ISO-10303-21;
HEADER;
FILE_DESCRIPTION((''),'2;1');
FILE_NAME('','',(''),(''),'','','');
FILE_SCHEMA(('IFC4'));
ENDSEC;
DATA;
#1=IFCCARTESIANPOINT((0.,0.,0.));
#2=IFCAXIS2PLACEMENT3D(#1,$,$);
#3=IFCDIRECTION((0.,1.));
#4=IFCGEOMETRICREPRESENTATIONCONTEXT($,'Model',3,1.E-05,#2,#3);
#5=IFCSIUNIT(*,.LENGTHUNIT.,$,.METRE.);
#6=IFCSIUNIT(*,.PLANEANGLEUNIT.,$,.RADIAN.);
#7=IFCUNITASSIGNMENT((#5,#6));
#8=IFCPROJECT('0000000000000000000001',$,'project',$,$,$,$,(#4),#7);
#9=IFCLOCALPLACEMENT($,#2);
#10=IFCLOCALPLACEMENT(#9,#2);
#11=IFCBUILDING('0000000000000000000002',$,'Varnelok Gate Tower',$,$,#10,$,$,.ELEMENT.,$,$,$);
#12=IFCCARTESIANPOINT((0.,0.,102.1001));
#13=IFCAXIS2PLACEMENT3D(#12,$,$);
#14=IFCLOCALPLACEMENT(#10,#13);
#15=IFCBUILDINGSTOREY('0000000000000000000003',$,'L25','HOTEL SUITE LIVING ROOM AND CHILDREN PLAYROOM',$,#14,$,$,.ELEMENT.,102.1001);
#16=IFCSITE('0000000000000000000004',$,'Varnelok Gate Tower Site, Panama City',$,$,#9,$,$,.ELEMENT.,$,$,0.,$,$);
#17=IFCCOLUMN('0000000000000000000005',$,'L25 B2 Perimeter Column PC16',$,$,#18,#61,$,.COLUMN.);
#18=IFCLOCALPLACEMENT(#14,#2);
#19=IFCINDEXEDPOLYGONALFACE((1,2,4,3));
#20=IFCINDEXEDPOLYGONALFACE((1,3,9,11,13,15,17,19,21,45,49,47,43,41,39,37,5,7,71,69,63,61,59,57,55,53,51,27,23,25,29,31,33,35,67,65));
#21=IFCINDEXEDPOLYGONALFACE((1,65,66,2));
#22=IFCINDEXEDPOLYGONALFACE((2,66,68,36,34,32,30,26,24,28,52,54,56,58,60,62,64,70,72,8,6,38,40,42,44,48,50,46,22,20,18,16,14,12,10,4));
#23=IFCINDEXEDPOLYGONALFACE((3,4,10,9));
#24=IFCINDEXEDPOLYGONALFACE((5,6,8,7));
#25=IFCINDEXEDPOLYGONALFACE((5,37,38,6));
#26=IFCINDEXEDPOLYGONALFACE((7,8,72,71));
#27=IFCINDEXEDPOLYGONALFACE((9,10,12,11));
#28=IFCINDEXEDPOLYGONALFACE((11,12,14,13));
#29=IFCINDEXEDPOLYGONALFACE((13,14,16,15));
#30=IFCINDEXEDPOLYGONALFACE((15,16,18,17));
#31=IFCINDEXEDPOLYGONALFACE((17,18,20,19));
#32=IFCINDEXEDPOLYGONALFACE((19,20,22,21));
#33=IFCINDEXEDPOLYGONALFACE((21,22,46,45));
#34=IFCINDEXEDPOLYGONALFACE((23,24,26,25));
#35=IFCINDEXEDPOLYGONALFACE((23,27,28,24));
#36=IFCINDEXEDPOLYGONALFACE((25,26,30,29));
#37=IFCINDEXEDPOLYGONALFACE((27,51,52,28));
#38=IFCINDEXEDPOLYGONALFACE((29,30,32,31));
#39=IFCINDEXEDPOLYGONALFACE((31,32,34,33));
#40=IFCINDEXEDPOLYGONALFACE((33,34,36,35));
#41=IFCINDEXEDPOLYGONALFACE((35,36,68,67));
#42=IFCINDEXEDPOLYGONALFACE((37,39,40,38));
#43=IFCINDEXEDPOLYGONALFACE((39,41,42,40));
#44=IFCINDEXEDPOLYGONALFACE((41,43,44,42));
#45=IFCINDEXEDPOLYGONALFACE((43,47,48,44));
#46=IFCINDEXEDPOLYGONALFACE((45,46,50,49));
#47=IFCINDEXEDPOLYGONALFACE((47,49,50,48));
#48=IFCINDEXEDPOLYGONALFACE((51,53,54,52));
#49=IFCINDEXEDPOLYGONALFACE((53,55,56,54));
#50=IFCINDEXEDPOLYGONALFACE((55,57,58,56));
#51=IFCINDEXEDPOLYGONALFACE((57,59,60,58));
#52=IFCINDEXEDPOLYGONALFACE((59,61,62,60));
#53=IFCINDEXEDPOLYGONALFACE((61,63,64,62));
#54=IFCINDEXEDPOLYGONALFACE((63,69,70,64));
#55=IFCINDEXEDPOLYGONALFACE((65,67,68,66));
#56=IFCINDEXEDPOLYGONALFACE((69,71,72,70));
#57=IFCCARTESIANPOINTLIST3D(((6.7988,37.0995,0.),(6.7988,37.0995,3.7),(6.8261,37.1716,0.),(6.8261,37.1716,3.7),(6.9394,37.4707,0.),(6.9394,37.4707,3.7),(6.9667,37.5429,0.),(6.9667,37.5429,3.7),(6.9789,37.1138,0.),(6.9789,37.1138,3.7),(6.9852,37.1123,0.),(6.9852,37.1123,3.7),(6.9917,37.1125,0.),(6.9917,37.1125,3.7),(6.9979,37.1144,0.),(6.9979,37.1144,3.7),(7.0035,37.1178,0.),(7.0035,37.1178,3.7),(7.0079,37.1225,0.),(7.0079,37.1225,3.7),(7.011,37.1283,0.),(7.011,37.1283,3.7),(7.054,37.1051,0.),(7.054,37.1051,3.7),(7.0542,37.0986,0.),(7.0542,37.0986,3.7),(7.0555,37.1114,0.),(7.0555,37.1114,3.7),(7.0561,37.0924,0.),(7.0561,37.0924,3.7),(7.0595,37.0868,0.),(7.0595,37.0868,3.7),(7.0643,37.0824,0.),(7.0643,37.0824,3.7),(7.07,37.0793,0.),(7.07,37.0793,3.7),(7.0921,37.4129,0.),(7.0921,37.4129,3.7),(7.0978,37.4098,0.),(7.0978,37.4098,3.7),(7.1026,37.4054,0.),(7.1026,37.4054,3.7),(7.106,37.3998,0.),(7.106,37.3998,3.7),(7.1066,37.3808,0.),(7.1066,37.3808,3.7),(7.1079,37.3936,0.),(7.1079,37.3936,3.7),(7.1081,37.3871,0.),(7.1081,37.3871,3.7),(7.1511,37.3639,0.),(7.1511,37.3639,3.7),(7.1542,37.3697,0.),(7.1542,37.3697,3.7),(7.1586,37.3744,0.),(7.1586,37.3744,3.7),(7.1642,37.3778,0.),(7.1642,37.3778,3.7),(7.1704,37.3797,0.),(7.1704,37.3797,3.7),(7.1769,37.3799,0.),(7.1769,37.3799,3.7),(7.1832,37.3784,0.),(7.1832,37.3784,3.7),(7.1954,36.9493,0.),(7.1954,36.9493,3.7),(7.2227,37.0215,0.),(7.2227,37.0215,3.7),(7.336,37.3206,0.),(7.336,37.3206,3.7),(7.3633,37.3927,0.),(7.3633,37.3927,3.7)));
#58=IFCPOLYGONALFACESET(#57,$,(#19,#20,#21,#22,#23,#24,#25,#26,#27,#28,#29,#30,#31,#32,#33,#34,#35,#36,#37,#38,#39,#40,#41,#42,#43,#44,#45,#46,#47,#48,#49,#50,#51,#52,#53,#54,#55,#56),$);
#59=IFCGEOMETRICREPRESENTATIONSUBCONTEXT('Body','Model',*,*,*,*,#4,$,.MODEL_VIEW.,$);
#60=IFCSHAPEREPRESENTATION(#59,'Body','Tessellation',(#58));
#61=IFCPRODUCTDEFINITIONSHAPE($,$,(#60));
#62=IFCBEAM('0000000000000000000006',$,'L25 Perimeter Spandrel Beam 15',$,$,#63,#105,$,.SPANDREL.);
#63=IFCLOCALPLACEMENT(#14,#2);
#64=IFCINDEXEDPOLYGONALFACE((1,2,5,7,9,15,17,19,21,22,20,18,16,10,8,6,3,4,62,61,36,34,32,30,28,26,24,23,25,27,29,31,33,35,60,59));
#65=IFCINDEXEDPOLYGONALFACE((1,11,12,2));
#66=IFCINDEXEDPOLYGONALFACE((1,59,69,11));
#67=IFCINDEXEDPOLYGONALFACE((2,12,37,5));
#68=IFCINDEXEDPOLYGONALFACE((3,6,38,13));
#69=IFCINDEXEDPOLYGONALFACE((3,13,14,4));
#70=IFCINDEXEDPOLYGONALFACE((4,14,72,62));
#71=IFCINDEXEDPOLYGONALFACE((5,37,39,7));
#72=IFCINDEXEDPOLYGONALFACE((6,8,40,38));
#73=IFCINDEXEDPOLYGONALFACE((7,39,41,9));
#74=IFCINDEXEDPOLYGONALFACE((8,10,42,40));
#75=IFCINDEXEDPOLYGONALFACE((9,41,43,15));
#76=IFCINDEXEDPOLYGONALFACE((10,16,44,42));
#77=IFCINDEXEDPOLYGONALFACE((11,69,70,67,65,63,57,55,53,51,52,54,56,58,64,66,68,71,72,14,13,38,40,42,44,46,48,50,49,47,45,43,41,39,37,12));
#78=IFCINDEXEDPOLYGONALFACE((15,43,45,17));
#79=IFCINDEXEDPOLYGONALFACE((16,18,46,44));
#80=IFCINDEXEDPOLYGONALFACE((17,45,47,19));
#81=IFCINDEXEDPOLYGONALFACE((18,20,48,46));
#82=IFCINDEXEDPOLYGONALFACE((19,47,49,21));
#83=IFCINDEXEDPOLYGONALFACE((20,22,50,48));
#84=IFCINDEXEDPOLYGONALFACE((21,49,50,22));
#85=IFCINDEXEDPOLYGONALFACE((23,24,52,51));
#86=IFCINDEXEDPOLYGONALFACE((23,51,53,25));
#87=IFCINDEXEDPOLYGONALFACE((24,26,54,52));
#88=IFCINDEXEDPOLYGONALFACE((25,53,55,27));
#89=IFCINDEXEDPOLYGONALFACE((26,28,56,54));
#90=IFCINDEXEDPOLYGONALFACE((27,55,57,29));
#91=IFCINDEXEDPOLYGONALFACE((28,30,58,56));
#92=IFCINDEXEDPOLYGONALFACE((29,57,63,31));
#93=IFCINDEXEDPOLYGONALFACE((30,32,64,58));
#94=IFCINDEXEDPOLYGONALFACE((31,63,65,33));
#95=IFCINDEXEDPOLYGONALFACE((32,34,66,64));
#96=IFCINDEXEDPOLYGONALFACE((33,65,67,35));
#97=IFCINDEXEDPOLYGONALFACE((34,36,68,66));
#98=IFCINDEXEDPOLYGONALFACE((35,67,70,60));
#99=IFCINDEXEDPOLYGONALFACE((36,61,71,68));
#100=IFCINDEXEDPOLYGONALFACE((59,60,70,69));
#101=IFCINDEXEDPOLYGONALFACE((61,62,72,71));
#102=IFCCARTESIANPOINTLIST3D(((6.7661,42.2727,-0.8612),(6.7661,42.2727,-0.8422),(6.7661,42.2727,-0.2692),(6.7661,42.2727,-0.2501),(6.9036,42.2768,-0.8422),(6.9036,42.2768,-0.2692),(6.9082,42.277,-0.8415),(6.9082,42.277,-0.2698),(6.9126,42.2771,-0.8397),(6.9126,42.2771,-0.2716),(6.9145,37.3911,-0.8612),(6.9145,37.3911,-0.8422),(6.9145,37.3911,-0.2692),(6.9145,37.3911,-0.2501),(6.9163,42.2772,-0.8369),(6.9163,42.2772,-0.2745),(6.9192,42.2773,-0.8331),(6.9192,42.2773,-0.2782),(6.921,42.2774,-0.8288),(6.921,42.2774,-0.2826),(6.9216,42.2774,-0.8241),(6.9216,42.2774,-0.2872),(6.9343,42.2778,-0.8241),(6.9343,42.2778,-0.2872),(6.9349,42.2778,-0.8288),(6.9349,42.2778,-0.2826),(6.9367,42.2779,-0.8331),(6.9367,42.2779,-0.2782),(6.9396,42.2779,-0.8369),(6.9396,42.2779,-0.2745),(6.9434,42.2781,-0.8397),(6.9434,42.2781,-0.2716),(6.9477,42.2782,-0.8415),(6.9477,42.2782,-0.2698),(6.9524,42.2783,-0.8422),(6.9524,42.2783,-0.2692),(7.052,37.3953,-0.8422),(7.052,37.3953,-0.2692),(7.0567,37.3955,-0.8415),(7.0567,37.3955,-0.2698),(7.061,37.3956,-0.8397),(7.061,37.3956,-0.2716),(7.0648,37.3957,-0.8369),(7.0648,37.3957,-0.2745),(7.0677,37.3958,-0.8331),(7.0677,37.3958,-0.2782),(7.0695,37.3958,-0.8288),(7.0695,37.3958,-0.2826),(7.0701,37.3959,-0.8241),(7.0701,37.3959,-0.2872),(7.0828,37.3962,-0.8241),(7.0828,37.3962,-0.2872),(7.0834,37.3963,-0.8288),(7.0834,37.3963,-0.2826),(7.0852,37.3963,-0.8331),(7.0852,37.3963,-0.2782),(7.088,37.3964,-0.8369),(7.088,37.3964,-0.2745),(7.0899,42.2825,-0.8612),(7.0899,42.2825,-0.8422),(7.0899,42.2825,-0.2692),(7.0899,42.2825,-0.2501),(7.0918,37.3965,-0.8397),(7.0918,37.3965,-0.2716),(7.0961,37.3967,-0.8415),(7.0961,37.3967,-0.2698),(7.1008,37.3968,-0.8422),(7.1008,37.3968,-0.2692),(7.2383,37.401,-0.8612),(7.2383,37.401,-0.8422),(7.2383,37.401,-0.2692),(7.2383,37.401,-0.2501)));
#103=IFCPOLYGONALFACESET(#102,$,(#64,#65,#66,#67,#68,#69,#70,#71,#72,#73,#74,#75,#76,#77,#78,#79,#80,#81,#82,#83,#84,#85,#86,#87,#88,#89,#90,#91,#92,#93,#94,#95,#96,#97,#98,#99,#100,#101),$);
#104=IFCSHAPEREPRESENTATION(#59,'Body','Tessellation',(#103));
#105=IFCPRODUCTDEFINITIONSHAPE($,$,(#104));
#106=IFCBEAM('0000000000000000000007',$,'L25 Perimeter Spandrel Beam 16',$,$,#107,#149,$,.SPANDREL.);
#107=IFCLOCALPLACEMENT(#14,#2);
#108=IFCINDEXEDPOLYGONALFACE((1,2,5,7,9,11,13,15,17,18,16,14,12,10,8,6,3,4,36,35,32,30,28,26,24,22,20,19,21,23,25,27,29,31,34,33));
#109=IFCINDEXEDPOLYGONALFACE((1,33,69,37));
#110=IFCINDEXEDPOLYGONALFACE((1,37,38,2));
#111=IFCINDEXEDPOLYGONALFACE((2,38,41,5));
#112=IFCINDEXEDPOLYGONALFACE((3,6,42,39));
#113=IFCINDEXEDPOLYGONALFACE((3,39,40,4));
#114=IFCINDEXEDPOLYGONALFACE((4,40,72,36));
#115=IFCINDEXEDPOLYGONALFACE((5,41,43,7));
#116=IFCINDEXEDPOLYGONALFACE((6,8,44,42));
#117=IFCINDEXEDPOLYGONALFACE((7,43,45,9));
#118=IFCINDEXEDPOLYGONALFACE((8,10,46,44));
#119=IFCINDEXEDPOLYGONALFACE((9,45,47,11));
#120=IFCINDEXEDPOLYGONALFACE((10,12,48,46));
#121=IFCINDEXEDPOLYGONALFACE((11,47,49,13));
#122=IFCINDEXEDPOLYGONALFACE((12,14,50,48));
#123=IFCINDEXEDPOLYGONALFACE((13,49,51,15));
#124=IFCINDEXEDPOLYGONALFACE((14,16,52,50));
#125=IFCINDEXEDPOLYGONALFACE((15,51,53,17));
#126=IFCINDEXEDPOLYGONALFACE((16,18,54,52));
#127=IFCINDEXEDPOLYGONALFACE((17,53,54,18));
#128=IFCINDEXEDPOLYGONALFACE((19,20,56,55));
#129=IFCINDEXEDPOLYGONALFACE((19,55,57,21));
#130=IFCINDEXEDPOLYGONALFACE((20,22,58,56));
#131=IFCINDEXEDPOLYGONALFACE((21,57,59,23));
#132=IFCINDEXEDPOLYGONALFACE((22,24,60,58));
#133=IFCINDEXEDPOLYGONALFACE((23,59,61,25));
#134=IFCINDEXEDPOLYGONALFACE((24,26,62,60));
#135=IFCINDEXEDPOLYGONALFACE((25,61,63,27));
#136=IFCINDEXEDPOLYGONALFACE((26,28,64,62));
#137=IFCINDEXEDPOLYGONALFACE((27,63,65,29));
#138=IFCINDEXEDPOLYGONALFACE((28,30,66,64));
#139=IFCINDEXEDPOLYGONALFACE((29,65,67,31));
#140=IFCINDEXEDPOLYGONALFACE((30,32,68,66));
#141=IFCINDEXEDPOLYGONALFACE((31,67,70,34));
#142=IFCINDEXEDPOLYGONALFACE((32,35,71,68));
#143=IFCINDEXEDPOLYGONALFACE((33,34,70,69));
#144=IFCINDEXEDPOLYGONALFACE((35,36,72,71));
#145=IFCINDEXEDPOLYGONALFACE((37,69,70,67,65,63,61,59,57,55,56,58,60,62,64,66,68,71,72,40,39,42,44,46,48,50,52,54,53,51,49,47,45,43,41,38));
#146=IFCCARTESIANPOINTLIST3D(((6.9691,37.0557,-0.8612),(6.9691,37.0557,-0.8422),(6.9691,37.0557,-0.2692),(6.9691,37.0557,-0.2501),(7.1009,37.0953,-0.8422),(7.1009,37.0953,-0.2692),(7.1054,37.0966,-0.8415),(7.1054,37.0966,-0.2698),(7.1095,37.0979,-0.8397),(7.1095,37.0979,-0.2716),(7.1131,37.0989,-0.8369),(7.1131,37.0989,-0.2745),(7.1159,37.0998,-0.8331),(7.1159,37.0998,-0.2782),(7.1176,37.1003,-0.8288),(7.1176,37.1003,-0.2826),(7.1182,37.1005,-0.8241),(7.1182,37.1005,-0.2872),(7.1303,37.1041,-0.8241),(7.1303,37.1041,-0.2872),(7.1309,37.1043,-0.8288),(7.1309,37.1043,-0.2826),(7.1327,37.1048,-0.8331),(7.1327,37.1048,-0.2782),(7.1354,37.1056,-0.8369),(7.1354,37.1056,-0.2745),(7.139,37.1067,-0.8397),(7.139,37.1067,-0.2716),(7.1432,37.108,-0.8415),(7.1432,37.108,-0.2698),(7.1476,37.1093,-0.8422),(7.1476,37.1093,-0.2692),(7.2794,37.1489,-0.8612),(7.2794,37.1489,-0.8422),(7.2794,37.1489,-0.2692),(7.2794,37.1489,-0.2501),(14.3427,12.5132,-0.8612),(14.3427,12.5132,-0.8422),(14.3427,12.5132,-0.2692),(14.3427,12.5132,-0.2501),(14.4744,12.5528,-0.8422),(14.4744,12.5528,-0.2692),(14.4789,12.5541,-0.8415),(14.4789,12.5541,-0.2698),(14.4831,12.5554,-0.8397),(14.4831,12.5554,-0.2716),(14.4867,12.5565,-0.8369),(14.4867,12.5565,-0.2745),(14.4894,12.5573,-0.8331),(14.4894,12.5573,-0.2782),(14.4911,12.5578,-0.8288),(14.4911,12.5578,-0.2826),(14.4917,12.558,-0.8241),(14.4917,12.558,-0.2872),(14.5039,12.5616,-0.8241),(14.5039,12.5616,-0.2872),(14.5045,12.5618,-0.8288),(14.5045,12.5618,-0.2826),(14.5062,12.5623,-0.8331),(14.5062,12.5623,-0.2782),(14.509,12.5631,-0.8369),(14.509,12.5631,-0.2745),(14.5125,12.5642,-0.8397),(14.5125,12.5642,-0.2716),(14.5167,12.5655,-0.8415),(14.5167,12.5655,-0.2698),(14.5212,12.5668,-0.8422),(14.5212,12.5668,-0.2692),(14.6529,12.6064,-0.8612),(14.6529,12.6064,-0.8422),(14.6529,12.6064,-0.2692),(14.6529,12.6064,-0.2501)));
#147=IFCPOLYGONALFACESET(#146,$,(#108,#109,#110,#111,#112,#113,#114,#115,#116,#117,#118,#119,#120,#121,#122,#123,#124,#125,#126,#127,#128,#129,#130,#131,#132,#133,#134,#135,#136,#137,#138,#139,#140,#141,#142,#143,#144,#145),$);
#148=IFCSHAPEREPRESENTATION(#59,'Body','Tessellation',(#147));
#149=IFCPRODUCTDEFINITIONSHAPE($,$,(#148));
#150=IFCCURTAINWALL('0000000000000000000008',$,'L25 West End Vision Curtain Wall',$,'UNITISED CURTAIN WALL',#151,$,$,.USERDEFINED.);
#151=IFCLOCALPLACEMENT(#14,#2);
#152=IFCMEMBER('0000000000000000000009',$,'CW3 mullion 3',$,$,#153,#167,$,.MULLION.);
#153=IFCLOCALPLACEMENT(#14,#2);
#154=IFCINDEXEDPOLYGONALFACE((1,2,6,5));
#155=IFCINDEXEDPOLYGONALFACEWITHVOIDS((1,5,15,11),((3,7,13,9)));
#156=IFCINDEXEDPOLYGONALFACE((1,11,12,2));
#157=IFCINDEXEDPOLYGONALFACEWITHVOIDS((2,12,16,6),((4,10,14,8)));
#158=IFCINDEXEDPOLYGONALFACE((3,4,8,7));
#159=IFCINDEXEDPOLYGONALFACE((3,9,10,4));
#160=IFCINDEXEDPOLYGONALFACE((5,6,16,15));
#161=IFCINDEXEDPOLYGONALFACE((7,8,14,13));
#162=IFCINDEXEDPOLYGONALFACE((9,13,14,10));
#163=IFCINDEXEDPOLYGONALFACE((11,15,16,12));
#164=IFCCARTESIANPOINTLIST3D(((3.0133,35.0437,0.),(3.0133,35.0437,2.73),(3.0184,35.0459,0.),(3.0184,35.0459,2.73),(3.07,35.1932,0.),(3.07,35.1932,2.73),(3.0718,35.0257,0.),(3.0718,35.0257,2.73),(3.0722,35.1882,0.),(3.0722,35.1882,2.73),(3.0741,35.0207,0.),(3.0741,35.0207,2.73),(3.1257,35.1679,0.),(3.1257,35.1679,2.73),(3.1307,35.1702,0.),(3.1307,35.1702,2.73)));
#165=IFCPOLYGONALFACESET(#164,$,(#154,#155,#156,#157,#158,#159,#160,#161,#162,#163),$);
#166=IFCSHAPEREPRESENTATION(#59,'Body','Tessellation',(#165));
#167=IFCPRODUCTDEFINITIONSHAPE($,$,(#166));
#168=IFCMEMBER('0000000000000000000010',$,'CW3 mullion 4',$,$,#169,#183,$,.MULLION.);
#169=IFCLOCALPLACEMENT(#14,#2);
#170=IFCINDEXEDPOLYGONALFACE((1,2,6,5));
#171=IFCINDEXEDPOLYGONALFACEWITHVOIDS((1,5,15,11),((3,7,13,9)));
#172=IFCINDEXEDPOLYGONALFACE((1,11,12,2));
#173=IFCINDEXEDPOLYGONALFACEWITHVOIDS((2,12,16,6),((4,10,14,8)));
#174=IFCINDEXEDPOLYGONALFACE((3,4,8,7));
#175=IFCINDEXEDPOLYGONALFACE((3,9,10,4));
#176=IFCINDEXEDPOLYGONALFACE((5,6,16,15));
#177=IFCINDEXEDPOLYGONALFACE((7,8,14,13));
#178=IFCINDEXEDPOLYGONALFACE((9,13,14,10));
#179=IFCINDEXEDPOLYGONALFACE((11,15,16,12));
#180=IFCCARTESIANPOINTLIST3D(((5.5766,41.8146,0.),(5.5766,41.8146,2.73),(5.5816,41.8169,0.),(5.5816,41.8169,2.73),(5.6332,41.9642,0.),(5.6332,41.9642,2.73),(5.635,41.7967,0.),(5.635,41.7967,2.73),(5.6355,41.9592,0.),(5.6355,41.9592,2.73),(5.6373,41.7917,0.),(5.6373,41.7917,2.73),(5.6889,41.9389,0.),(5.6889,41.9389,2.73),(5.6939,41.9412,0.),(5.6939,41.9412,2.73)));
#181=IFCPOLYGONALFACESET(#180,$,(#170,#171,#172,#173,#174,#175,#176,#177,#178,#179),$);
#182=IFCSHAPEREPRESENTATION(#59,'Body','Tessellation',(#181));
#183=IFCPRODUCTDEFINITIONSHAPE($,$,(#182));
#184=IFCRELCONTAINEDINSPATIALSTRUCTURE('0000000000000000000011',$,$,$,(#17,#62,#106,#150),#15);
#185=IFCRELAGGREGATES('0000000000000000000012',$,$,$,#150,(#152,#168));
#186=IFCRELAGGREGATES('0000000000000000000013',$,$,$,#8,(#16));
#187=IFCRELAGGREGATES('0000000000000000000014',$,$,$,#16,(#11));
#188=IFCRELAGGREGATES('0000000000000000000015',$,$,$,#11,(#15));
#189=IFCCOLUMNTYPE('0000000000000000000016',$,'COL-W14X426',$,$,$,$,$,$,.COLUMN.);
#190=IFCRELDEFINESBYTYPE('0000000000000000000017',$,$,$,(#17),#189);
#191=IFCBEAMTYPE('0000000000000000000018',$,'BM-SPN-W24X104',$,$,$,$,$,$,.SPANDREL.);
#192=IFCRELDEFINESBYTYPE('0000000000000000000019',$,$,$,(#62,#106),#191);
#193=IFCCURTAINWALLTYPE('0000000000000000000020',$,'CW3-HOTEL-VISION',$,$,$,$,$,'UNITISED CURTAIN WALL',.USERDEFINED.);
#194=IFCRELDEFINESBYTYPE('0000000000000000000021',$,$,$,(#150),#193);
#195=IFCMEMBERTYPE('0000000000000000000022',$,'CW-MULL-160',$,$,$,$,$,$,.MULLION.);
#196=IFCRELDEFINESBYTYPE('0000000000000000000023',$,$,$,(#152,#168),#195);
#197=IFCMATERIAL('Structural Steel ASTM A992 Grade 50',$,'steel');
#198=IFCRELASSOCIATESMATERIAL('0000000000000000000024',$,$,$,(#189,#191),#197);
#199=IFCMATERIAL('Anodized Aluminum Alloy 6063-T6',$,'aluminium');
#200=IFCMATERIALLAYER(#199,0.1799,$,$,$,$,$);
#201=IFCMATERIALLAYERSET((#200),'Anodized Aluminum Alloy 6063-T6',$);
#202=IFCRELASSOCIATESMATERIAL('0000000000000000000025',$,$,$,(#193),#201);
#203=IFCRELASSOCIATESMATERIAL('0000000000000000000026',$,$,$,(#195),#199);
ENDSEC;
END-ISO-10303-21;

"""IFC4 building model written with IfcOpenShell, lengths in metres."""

from ifc_helpers import new_model, si_unit, direction, frame, origin, origin_2d, place, context, subcontext, project, spatial, hollow_rectangle, i_section, extrude, material, layer, layer_set, material_profile, profile_set, type_object, element, aggregate, save


model = new_model("IFC4")

# Units and contexts
model_context = context("Model", 3, precision=1e-05, world=origin(), true_north=direction((0.0, 1.0)))
body_context = subcontext(model_context, "Body", "Model", "MODEL_VIEW")
ifc_project = project(units=[si_unit("LENGTHUNIT", "METRE"), si_unit("PLANEANGLEUNIT", "RADIAN")], contexts=[model_context])

# Site, building, storey
site_placement = place(None, origin())
site = spatial("IfcSite", under=ifc_project, at=site_placement, Name="Varnelok Gate Tower Site, Panama City", CompositionType="ELEMENT", RefElevation=0.0)
building_placement = place(site_placement, origin())
building = spatial("IfcBuilding", under=site, at=building_placement, Name="Varnelok Gate Tower", CompositionType="ELEMENT")
storey_placement = place(building_placement, frame((0.0, 0.0, 102.1001)))
storey = spatial("IfcBuildingStorey", under=building, at=storey_placement, Name="L25", Description="HOTEL SUITE LIVING ROOM AND CHILDREN PLAYROOM", CompositionType="ELEMENT", Elevation=102.1001)

# Column
ifc_material_1 = material(Name="Structural Steel ASTM A992 Grade 50", Category="steel")
ifc_material_profile_1 = material_profile(ifc_material_1, i_section(OverallWidth=0.4241, OverallDepth=0.4741, WebThickness=0.0476, FlangeThickness=0.0771, FilletRadius=0.0249, at=origin_2d()), Name="W14X426")
ifc_profile_set_1 = profile_set([ifc_material_profile_1], Name="Structural Steel ASTM A992 Grade 50")
column_type = type_object("IfcColumnType", Name="COL-W14X426", PredefinedType="COLUMN", material=ifc_profile_set_1)
column_placement = place(storey_placement, frame((7.0811, 37.2461, 0.0), z_axis=(0.0, 0.0, 1.0), x_axis=(0.935222, -0.354063, 0.0)))
element("IfcColumn", 1, at=column_placement, inside=storey, type_object=column_type, Name="L25 B2 Perimeter Column PC16", PredefinedType="COLUMN", context=body_context, shape_type="SweptSolid", body=[
    extrude(i_section(OverallWidth=0.4241, OverallDepth=0.4741, WebThickness=0.0476, FlangeThickness=0.0771, FilletRadius=0.0249, at=origin_2d()), origin(), (0.0, 0.0, 1.0), 3.7),
])

# Beams
ifc_material_profile_2 = material_profile(ifc_material_1, i_section(OverallWidth=0.324, OverallDepth=0.6111, WebThickness=0.0127, FlangeThickness=0.019, FilletRadius=0.0181, at=origin_2d()), Name="W24X104")
ifc_profile_set_2 = profile_set([ifc_material_profile_2], Name="Structural Steel ASTM A992 Grade 50")
beam_type = type_object("IfcBeamType", Name="BM-SPN-W24X104", PredefinedType="SPANDREL", material=ifc_profile_set_2)
beam_1_placement = place(storey_placement, frame((6.928, 42.2776, -0.5557), z_axis=(0.030394, -0.999538, 0.0), x_axis=(0.999538, 0.030394, 0.0)))
element("IfcBeam", 2, at=beam_1_placement, inside=storey, type_object=beam_type, Name="L25 Perimeter Spandrel Beam 15", PredefinedType="SPANDREL", context=body_context, shape_type="SweptSolid", body=[
    extrude(i_section(OverallWidth=0.324, OverallDepth=0.6111, WebThickness=0.0127, FlangeThickness=0.019, FilletRadius=0.0181, at=origin_2d()), origin(), (0.0, 0.0, 1.0), 4.8838),
])
beam_2_placement = place(storey_placement, frame((7.1243, 37.1023, -0.5557), z_axis=(0.287734, -0.95771, 0.0), x_axis=(0.95771, 0.287734, 0.0)))
element("IfcBeam", 3, at=beam_2_placement, inside=storey, type_object=beam_type, Name="L25 Perimeter Spandrel Beam 16", PredefinedType="SPANDREL", context=body_context, shape_type="SweptSolid", body=[
    extrude(i_section(OverallWidth=0.324, OverallDepth=0.6111, WebThickness=0.0127, FlangeThickness=0.019, FilletRadius=0.0181, at=origin_2d()), origin(), (0.0, 0.0, 1.0), 25.6262),
])

# Curtain wall, members
ifc_material_2 = material(Name="Anodized Aluminum Alloy 6063-T6", Category="aluminium")
ifc_layer_1 = layer(ifc_material_2, 0.1799)
ifc_layer_set_1 = layer_set([ifc_layer_1], Name="Anodized Aluminum Alloy 6063-T6")
curtain_wall_type = type_object("IfcCurtainWallType", Name="CW3-HOTEL-VISION", ElementType="UNITISED CURTAIN WALL", PredefinedType="USERDEFINED", material=ifc_layer_set_1)
curtain_wall_placement = place(storey_placement, origin())
curtain_wall = element("IfcCurtainWall", 4, at=curtain_wall_placement, inside=storey, type_object=curtain_wall_type, Name="L25 West End Vision Curtain Wall", ObjectType="UNITISED CURTAIN WALL", PredefinedType="USERDEFINED")
ifc_material_profile_3 = material_profile(ifc_material_2, hollow_rectangle(XDim=0.0649, YDim=0.1599, WallThickness=0.0039, at=origin_2d()), Name="ALU160X65X4")
ifc_profile_set_3 = profile_set([ifc_material_profile_3], Name="Anodized Aluminum Alloy 6063-T6")
member_type_1 = type_object("IfcMemberType", Name="CW-MULL-160", PredefinedType="MULLION", material=ifc_profile_set_3)
member_1_placement = place(storey_placement, frame((3.072, 35.1069, 0.0), z_axis=(0.0, 0.0, 1.0), x_axis=(-0.935221, 0.354064, 0.0)))
member_1 = element("IfcMember", 5, at=member_1_placement, type_object=member_type_1, Name="CW3 mullion 3", PredefinedType="MULLION", context=body_context, shape_type="SweptSolid", body=[
    extrude(hollow_rectangle(XDim=0.0649, YDim=0.1599, WallThickness=0.0039, at=origin_2d()), origin(), (0.0, 0.0, 1.0), 2.73),
])
member_2_placement = place(storey_placement, frame((5.6353, 41.8779, 0.0), z_axis=(0.0, 0.0, 1.0), x_axis=(-0.935221, 0.354064, 0.0)))
member_2 = element("IfcMember", 6, at=member_2_placement, type_object=member_type_1, Name="CW3 mullion 4", PredefinedType="MULLION", context=body_context, shape_type="SweptSolid", body=[
    extrude(hollow_rectangle(XDim=0.0649, YDim=0.1599, WallThickness=0.0039, at=origin_2d()), origin(), (0.0, 0.0, 1.0), 2.73),
])
aggregate(curtain_wall, [member_1, member_2])

save(model, "model.ifc")
